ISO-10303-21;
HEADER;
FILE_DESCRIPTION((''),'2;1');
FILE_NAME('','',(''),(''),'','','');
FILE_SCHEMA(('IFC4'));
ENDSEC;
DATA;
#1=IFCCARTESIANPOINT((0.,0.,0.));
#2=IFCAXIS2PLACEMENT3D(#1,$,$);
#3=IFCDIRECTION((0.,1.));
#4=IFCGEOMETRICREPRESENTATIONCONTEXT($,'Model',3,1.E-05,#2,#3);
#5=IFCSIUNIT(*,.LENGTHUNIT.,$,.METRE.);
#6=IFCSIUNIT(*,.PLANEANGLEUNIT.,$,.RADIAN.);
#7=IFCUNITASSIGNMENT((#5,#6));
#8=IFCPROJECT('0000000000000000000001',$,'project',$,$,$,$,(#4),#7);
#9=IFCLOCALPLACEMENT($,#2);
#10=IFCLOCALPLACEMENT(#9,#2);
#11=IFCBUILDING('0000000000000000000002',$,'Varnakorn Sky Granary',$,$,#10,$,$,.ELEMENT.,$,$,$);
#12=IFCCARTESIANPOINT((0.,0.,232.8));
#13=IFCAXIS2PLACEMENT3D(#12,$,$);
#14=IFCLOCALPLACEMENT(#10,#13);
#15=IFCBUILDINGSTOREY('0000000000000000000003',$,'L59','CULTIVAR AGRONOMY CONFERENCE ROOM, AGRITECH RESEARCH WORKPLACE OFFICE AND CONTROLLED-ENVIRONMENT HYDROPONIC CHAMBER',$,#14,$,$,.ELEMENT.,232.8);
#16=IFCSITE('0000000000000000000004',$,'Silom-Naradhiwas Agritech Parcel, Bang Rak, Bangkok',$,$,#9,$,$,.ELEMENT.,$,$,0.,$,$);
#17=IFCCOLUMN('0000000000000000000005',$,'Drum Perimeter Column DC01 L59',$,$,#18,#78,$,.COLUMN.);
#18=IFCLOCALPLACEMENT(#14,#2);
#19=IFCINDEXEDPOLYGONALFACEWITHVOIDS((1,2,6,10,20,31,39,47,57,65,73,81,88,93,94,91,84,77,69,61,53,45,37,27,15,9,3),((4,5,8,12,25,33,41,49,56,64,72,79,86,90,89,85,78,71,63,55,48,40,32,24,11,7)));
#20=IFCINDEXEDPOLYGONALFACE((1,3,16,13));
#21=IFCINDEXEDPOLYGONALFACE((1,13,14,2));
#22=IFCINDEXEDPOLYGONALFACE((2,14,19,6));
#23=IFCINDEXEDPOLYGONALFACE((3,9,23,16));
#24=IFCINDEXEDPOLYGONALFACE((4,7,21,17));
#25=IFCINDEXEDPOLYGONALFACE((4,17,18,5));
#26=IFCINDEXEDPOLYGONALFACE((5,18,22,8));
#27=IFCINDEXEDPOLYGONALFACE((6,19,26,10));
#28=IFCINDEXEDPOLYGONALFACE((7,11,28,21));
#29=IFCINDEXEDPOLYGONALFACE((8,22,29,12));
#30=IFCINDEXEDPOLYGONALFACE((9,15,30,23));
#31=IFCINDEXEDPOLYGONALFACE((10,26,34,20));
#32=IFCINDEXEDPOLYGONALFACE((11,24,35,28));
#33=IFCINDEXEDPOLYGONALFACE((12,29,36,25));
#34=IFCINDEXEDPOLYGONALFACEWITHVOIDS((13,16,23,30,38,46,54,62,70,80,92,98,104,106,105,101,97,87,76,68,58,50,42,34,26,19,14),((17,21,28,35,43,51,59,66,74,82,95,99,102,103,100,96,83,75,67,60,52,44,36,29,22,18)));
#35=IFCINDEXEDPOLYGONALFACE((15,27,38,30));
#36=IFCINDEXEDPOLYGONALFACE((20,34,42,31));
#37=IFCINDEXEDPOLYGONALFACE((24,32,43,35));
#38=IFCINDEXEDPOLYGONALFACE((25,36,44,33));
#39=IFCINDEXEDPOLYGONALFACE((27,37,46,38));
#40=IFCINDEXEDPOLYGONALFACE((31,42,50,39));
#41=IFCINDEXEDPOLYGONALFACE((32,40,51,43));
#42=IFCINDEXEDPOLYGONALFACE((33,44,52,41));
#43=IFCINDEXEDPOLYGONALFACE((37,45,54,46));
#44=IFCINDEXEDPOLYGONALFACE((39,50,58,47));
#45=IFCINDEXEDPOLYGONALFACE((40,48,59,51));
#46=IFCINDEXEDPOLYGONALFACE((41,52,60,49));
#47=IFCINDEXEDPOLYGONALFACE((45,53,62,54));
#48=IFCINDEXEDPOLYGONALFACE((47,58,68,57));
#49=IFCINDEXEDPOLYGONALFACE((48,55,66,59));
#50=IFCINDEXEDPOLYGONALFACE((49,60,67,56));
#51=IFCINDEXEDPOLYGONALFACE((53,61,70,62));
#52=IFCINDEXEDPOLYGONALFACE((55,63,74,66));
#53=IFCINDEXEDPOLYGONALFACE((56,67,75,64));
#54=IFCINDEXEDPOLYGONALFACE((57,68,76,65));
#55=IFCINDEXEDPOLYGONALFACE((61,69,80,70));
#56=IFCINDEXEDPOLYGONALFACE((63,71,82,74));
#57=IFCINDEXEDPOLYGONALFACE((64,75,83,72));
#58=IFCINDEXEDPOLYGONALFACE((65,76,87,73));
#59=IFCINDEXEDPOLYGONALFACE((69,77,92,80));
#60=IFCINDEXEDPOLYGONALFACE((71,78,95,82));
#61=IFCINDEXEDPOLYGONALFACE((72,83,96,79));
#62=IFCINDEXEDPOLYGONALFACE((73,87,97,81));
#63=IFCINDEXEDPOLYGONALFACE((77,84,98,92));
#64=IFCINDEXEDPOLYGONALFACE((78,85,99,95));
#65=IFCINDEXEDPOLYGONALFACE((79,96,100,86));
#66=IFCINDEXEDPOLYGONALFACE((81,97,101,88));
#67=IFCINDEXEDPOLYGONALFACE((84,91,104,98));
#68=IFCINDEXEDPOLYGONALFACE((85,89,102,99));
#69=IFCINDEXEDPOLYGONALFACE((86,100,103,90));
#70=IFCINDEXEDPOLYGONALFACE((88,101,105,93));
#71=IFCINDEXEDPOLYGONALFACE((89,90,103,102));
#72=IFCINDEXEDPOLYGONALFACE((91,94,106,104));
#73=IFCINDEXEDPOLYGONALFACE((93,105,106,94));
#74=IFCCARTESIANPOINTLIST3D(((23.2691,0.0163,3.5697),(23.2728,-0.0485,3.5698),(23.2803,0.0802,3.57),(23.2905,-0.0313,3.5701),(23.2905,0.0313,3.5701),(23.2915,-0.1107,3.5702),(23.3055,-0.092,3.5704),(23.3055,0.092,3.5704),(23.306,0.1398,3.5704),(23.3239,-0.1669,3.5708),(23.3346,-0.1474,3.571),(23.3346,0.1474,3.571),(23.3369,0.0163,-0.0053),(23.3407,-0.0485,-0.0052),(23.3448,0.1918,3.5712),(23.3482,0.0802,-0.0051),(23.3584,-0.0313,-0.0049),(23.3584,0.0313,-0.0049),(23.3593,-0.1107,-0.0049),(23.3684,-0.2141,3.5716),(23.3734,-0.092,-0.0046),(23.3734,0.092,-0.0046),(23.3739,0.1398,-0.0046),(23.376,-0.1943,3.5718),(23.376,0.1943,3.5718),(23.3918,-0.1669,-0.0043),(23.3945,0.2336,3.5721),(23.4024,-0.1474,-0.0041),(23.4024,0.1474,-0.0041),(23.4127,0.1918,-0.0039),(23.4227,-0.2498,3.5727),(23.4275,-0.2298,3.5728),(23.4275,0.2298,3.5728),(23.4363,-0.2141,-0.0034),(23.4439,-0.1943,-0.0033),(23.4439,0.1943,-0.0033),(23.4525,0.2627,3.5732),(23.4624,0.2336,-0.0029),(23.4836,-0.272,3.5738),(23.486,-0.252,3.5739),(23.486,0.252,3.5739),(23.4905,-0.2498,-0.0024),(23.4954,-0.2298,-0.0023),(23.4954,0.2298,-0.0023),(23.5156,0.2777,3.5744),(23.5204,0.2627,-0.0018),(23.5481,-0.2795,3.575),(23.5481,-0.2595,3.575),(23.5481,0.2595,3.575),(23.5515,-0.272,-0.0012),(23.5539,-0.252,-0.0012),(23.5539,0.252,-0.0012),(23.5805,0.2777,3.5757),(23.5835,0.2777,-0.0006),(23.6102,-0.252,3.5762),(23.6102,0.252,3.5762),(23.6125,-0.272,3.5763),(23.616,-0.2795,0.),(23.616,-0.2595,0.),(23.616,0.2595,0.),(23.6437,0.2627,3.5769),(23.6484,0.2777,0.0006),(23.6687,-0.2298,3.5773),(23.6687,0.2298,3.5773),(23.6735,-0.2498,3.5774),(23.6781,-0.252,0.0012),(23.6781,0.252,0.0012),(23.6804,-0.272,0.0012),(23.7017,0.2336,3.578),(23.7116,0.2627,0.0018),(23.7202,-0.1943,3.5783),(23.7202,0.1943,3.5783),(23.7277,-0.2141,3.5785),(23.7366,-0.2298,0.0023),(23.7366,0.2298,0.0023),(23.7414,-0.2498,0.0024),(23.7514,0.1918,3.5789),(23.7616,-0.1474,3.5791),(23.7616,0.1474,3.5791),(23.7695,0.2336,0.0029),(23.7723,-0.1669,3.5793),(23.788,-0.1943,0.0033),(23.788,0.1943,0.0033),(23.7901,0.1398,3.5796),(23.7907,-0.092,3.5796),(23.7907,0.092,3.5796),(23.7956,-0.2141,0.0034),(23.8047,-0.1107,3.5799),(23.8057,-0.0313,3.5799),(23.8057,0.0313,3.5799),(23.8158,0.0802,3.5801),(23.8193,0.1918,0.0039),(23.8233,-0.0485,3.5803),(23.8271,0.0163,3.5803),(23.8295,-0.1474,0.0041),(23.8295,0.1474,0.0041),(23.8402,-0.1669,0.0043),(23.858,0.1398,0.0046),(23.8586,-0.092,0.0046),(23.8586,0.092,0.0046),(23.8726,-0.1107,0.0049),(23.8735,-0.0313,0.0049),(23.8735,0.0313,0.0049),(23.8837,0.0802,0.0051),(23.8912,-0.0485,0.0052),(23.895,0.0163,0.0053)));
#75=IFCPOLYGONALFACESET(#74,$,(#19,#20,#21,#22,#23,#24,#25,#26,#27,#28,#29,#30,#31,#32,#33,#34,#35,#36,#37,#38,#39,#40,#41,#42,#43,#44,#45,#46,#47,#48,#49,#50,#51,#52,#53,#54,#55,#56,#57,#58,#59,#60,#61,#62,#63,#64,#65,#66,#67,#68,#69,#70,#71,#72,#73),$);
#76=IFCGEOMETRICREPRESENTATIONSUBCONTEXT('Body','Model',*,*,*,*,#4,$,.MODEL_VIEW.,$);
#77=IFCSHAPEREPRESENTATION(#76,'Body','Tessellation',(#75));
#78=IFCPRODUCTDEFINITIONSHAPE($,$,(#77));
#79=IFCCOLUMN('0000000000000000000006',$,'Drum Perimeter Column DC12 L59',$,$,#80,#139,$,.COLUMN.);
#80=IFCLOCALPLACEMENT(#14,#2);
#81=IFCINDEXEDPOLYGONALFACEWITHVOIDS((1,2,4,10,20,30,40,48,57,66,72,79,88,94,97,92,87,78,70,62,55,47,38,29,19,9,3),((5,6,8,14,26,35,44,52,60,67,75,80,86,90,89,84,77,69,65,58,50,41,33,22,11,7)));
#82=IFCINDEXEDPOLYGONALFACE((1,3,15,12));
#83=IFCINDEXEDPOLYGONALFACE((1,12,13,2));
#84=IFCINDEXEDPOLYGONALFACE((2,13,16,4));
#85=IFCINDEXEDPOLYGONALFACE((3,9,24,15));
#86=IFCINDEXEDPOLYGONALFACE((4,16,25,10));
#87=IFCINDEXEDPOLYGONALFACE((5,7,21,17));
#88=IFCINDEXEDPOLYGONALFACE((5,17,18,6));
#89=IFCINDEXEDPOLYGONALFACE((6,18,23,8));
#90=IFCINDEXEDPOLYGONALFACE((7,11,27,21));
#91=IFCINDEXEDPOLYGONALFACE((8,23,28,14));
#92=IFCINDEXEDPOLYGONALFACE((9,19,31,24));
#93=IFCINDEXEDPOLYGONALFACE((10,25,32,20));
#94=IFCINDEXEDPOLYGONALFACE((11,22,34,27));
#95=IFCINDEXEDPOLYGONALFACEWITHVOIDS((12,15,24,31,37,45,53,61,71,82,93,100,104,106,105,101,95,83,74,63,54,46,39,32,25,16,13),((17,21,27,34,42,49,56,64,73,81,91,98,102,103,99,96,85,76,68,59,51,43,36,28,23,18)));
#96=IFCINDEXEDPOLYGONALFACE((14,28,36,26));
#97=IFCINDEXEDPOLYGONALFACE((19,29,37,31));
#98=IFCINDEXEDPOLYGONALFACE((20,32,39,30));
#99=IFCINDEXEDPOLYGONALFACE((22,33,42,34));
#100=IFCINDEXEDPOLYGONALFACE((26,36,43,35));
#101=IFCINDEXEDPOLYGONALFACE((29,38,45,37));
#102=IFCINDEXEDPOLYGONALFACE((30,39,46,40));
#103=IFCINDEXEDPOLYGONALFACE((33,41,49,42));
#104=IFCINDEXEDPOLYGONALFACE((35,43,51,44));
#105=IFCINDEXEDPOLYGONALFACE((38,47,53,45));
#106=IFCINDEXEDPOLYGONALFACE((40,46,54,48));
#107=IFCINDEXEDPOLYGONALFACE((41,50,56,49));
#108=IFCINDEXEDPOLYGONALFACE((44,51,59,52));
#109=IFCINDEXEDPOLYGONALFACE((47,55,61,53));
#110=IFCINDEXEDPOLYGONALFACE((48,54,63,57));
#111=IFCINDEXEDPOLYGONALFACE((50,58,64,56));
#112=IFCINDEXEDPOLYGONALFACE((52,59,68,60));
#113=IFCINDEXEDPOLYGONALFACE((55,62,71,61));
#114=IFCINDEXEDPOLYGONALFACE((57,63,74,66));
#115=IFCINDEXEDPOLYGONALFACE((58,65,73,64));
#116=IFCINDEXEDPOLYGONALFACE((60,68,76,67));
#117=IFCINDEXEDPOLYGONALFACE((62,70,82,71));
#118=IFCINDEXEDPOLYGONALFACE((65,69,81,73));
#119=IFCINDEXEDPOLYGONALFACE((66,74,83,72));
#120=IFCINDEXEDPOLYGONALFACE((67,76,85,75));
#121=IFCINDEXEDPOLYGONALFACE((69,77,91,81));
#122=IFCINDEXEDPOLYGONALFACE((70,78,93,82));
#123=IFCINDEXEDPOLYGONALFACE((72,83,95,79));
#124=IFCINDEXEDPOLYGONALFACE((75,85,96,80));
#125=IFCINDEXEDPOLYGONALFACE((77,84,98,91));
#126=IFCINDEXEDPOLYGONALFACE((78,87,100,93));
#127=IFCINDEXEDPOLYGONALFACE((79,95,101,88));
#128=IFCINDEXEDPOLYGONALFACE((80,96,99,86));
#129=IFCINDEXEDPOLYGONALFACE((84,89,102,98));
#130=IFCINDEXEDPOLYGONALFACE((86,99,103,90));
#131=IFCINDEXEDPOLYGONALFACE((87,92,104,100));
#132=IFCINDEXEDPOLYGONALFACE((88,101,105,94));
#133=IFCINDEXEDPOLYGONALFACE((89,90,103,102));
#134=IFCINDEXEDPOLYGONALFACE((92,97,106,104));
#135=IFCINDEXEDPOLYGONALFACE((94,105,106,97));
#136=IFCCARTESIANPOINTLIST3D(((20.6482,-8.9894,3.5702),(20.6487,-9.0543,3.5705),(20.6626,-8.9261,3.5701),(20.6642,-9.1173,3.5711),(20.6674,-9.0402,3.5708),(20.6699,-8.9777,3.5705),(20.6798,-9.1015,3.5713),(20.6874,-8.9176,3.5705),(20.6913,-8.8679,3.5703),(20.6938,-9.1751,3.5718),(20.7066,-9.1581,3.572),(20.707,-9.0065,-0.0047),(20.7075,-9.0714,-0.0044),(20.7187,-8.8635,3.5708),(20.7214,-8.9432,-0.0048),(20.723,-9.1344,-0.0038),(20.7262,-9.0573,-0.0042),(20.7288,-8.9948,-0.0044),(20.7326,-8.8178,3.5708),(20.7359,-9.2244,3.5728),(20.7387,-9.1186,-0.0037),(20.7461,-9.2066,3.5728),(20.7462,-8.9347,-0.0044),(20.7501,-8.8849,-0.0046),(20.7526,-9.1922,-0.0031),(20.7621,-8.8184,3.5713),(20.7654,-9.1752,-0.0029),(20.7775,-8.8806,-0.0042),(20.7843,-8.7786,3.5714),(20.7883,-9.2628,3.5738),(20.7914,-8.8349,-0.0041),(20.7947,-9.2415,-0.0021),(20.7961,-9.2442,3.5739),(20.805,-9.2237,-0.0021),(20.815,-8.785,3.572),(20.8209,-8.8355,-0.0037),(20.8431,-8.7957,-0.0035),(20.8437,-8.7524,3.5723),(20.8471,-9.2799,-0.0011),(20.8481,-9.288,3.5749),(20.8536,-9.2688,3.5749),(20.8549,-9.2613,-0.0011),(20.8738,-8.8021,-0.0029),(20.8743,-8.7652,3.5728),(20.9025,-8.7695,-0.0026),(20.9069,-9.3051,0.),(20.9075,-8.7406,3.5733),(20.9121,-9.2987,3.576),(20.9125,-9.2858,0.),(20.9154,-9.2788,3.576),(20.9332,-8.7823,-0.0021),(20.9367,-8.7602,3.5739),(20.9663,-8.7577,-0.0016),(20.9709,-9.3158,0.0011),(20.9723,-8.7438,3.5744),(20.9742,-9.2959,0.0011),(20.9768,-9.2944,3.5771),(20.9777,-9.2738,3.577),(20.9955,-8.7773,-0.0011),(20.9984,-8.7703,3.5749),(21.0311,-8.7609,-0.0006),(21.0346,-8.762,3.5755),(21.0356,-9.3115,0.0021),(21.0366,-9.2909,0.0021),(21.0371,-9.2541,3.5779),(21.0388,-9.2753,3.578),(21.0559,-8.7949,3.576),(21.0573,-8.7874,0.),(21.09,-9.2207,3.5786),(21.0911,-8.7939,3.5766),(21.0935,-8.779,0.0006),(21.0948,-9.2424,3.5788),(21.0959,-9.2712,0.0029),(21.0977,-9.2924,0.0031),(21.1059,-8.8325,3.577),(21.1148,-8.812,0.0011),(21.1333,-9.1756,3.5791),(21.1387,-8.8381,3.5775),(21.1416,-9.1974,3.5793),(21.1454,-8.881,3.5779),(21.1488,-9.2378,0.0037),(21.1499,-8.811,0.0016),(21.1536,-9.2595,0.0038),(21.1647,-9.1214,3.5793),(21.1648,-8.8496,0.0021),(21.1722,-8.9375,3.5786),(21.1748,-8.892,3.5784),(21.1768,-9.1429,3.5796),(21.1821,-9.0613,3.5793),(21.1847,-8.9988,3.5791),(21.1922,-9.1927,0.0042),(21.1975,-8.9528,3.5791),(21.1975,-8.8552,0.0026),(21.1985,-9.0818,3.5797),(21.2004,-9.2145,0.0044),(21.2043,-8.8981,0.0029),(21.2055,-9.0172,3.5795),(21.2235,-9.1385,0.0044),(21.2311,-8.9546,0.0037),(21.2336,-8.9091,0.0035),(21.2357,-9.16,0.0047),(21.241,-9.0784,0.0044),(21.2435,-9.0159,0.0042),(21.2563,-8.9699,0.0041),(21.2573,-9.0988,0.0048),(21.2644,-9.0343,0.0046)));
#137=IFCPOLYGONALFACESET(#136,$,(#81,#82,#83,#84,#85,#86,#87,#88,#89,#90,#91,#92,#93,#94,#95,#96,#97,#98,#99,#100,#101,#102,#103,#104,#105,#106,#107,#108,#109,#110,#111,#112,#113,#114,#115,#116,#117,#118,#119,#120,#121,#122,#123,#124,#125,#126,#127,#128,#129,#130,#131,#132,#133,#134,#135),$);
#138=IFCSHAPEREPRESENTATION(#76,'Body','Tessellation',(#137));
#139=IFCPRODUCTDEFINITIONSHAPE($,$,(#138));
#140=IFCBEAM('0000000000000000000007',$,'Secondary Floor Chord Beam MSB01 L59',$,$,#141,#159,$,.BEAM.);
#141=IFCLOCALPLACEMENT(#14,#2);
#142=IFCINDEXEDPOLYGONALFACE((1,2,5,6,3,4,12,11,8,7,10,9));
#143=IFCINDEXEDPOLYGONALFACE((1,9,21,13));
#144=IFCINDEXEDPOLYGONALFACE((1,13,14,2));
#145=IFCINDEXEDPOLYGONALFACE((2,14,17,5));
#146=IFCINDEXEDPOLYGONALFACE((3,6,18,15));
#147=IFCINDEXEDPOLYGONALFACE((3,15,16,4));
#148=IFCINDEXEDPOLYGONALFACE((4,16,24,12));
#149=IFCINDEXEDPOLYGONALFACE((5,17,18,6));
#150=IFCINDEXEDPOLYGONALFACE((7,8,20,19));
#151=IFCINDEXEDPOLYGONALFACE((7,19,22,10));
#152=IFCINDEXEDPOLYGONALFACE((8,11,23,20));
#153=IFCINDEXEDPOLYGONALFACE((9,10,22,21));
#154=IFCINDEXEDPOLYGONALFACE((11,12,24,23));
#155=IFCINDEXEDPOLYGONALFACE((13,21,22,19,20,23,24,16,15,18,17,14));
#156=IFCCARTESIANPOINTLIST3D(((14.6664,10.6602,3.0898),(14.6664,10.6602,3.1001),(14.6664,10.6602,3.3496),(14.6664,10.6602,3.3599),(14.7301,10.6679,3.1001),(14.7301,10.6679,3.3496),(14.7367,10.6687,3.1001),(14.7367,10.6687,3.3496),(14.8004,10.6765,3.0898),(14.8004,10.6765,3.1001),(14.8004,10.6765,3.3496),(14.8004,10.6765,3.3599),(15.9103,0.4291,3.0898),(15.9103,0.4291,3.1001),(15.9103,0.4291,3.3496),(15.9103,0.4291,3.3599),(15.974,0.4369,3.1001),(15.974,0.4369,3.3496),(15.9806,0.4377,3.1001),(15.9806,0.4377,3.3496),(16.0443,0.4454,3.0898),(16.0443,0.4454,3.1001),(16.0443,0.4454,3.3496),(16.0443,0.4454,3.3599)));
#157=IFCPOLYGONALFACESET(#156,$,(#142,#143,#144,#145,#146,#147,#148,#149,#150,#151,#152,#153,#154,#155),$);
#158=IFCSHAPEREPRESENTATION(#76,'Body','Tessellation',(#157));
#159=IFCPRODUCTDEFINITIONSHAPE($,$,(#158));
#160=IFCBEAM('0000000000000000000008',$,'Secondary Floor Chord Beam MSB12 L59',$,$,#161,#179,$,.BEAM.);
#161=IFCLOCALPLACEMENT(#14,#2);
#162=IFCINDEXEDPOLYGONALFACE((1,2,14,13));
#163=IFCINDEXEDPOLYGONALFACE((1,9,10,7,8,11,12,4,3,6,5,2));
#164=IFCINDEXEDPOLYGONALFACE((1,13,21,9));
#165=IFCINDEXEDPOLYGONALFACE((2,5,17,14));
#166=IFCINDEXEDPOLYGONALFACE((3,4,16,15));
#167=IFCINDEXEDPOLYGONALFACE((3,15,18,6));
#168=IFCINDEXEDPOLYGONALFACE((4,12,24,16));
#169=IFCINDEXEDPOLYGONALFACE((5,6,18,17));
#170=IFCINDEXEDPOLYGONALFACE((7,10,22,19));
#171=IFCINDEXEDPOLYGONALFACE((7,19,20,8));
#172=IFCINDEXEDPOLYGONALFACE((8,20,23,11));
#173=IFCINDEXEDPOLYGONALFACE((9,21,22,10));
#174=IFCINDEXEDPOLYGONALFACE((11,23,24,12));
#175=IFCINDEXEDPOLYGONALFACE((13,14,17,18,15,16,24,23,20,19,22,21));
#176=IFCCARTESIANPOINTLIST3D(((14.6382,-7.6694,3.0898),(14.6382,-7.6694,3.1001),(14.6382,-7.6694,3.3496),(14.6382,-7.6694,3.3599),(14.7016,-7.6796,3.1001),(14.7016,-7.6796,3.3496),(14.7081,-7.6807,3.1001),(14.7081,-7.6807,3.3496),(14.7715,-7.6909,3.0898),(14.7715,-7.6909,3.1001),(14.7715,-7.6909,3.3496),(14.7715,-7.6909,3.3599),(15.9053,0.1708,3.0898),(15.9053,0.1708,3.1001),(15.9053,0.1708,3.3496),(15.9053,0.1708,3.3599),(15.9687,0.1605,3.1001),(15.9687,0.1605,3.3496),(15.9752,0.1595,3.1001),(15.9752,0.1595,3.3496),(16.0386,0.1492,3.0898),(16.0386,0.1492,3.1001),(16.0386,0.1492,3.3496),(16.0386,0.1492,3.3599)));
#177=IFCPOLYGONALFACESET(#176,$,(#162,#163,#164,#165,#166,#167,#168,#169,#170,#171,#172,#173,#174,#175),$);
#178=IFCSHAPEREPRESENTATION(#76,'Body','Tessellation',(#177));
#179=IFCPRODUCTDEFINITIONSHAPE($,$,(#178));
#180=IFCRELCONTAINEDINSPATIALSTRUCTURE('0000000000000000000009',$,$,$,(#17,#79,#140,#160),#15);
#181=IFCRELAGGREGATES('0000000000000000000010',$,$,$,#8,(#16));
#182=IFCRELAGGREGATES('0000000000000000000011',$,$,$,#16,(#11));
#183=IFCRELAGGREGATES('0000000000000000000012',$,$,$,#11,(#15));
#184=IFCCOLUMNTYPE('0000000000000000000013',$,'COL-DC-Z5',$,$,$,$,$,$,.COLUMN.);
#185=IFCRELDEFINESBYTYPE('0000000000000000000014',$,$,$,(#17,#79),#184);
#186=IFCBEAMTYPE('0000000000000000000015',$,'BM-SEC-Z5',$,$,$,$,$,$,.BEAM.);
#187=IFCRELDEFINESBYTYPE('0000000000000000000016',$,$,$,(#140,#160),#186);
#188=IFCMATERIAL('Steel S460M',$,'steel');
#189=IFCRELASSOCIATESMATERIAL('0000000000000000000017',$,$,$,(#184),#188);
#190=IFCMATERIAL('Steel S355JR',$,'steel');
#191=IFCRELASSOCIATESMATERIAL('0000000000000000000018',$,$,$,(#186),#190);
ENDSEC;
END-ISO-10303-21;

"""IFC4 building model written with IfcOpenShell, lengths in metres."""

from ifc_helpers import new_model, si_unit, direction, frame, origin, origin_2d, place, context, subcontext, project, spatial, hollow_circle, i_section, extrude, material, material_profile, profile_set, type_object, element, save


model = new_model("IFC4")

# Units and contexts
model_context = context("Model", 3, precision=1e-05, world=origin(), true_north=direction((0.0, 1.0)))
body_context = subcontext(model_context, "Body", "Model", "MODEL_VIEW")
ifc_project = project(units=[si_unit("LENGTHUNIT", "METRE"), si_unit("PLANEANGLEUNIT", "RADIAN")], contexts=[model_context])

# Site, building, storey
site_placement = place(None, origin())
site = spatial("IfcSite", under=ifc_project, at=site_placement, Name="Silom-Naradhiwas Agritech Parcel, Bang Rak, Bangkok", CompositionType="ELEMENT", RefElevation=0.0)
building_placement = place(site_placement, origin())
building = spatial("IfcBuilding", under=site, at=building_placement, Name="Varnakorn Sky Granary", CompositionType="ELEMENT")
storey_placement = place(building_placement, frame((0.0, 0.0, 232.8)))
storey = spatial("IfcBuildingStorey", under=building, at=storey_placement, Name="L59", Description="CULTIVAR AGRONOMY CONFERENCE ROOM, AGRITECH RESEARCH WORKPLACE OFFICE AND CONTROLLED-ENVIRONMENT HYDROPONIC CHAMBER", CompositionType="ELEMENT", Elevation=232.8)

# Columns
ifc_material_1 = material(Name="Steel S460M", Category="steel")
ifc_material_profile_1 = material_profile(ifc_material_1, hollow_circle(Radius=0.2795, WallThickness=0.02, at=origin_2d()), Name="CHS 559x20")
ifc_profile_set_1 = profile_set([ifc_material_profile_1], Name="Steel S460M")
column_type = type_object("IfcColumnType", Name="COL-DC-Z5", PredefinedType="COLUMN", material=ifc_profile_set_1)
column_1_placement = place(storey_placement, frame((23.616, 0.0, 0.0), z_axis=(-0.018982, 0.0, 0.99982), x_axis=(0.0, -1.0, 0.0)))
element("IfcColumn", 1, at=column_1_placement, inside=storey, type_object=column_type, Name="Drum Perimeter Column DC01 L59", PredefinedType="COLUMN", context=body_context, shape_type="SweptSolid", body=[
    extrude(hollow_circle(Radius=0.2795, WallThickness=0.02, at=origin_2d()), origin(), (0.0, 0.0, 1.0), 3.5757),
])
column_2_placement = place(storey_placement, frame((20.9849, -9.0366, 0.0), z_axis=(-0.016456, 0.00478, 0.999853), x_axis=(-0.278929, -0.960312, 0.0)))
element("IfcColumn", 2, at=column_2_placement, inside=storey, type_object=column_type, Name="Drum Perimeter Column DC12 L59", PredefinedType="COLUMN", context=body_context, shape_type="SweptSolid", body=[
    extrude(hollow_circle(Radius=0.2795, WallThickness=0.02, at=origin_2d()), origin(), (0.0, 0.0, 1.0), 3.5754),
])

# Beams
ifc_material_2 = material(Name="Steel S355JR", Category="steel")
ifc_material_profile_2 = material_profile(ifc_material_2, i_section(OverallWidth=0.135, OverallDepth=0.27, WebThickness=0.0066, FlangeThickness=0.0103, at=origin_2d()), Name="IPE 270")
ifc_profile_set_2 = profile_set([ifc_material_profile_2], Name="Steel S355JR")
beam_type_1 = type_object("IfcBeamType", Name="BM-SEC-Z5", PredefinedType="BEAM", material=ifc_profile_set_2)
beam_1_placement = place(storey_placement, frame((15.9773, 0.4373, 3.2249), z_axis=(-0.120693, 0.99269, 0.0), x_axis=(-0.99269, -0.120693, 0.0)))
element("IfcBeam", 3, at=beam_1_placement, inside=storey, type_object=beam_type_1, Name="Secondary Floor Chord Beam MSB01 L59", PredefinedType="BEAM", context=body_context, shape_type="SweptSolid", body=[
    extrude(i_section(OverallWidth=0.135, OverallDepth=0.27, WebThickness=0.0066, FlangeThickness=0.0103, at=origin_2d()), origin(), (0.0, 0.0, 1.0), 10.3064),
])
beam_2_placement = place(storey_placement, frame((14.7048, -7.6802, 3.2249), z_axis=(0.159547, 0.98719, 0.0), x_axis=(-0.98719, 0.159547, 0.0)))
element("IfcBeam", 4, at=beam_2_placement, inside=storey, type_object=beam_type_1, Name="Secondary Floor Chord Beam MSB12 L59", PredefinedType="BEAM", context=body_context, shape_type="SweptSolid", body=[
    extrude(i_section(OverallWidth=0.135, OverallDepth=0.27, WebThickness=0.0066, FlangeThickness=0.0103, at=origin_2d()), origin(), (0.0, 0.0, 1.0), 7.9419),
])

save(model, "model.ifc")
